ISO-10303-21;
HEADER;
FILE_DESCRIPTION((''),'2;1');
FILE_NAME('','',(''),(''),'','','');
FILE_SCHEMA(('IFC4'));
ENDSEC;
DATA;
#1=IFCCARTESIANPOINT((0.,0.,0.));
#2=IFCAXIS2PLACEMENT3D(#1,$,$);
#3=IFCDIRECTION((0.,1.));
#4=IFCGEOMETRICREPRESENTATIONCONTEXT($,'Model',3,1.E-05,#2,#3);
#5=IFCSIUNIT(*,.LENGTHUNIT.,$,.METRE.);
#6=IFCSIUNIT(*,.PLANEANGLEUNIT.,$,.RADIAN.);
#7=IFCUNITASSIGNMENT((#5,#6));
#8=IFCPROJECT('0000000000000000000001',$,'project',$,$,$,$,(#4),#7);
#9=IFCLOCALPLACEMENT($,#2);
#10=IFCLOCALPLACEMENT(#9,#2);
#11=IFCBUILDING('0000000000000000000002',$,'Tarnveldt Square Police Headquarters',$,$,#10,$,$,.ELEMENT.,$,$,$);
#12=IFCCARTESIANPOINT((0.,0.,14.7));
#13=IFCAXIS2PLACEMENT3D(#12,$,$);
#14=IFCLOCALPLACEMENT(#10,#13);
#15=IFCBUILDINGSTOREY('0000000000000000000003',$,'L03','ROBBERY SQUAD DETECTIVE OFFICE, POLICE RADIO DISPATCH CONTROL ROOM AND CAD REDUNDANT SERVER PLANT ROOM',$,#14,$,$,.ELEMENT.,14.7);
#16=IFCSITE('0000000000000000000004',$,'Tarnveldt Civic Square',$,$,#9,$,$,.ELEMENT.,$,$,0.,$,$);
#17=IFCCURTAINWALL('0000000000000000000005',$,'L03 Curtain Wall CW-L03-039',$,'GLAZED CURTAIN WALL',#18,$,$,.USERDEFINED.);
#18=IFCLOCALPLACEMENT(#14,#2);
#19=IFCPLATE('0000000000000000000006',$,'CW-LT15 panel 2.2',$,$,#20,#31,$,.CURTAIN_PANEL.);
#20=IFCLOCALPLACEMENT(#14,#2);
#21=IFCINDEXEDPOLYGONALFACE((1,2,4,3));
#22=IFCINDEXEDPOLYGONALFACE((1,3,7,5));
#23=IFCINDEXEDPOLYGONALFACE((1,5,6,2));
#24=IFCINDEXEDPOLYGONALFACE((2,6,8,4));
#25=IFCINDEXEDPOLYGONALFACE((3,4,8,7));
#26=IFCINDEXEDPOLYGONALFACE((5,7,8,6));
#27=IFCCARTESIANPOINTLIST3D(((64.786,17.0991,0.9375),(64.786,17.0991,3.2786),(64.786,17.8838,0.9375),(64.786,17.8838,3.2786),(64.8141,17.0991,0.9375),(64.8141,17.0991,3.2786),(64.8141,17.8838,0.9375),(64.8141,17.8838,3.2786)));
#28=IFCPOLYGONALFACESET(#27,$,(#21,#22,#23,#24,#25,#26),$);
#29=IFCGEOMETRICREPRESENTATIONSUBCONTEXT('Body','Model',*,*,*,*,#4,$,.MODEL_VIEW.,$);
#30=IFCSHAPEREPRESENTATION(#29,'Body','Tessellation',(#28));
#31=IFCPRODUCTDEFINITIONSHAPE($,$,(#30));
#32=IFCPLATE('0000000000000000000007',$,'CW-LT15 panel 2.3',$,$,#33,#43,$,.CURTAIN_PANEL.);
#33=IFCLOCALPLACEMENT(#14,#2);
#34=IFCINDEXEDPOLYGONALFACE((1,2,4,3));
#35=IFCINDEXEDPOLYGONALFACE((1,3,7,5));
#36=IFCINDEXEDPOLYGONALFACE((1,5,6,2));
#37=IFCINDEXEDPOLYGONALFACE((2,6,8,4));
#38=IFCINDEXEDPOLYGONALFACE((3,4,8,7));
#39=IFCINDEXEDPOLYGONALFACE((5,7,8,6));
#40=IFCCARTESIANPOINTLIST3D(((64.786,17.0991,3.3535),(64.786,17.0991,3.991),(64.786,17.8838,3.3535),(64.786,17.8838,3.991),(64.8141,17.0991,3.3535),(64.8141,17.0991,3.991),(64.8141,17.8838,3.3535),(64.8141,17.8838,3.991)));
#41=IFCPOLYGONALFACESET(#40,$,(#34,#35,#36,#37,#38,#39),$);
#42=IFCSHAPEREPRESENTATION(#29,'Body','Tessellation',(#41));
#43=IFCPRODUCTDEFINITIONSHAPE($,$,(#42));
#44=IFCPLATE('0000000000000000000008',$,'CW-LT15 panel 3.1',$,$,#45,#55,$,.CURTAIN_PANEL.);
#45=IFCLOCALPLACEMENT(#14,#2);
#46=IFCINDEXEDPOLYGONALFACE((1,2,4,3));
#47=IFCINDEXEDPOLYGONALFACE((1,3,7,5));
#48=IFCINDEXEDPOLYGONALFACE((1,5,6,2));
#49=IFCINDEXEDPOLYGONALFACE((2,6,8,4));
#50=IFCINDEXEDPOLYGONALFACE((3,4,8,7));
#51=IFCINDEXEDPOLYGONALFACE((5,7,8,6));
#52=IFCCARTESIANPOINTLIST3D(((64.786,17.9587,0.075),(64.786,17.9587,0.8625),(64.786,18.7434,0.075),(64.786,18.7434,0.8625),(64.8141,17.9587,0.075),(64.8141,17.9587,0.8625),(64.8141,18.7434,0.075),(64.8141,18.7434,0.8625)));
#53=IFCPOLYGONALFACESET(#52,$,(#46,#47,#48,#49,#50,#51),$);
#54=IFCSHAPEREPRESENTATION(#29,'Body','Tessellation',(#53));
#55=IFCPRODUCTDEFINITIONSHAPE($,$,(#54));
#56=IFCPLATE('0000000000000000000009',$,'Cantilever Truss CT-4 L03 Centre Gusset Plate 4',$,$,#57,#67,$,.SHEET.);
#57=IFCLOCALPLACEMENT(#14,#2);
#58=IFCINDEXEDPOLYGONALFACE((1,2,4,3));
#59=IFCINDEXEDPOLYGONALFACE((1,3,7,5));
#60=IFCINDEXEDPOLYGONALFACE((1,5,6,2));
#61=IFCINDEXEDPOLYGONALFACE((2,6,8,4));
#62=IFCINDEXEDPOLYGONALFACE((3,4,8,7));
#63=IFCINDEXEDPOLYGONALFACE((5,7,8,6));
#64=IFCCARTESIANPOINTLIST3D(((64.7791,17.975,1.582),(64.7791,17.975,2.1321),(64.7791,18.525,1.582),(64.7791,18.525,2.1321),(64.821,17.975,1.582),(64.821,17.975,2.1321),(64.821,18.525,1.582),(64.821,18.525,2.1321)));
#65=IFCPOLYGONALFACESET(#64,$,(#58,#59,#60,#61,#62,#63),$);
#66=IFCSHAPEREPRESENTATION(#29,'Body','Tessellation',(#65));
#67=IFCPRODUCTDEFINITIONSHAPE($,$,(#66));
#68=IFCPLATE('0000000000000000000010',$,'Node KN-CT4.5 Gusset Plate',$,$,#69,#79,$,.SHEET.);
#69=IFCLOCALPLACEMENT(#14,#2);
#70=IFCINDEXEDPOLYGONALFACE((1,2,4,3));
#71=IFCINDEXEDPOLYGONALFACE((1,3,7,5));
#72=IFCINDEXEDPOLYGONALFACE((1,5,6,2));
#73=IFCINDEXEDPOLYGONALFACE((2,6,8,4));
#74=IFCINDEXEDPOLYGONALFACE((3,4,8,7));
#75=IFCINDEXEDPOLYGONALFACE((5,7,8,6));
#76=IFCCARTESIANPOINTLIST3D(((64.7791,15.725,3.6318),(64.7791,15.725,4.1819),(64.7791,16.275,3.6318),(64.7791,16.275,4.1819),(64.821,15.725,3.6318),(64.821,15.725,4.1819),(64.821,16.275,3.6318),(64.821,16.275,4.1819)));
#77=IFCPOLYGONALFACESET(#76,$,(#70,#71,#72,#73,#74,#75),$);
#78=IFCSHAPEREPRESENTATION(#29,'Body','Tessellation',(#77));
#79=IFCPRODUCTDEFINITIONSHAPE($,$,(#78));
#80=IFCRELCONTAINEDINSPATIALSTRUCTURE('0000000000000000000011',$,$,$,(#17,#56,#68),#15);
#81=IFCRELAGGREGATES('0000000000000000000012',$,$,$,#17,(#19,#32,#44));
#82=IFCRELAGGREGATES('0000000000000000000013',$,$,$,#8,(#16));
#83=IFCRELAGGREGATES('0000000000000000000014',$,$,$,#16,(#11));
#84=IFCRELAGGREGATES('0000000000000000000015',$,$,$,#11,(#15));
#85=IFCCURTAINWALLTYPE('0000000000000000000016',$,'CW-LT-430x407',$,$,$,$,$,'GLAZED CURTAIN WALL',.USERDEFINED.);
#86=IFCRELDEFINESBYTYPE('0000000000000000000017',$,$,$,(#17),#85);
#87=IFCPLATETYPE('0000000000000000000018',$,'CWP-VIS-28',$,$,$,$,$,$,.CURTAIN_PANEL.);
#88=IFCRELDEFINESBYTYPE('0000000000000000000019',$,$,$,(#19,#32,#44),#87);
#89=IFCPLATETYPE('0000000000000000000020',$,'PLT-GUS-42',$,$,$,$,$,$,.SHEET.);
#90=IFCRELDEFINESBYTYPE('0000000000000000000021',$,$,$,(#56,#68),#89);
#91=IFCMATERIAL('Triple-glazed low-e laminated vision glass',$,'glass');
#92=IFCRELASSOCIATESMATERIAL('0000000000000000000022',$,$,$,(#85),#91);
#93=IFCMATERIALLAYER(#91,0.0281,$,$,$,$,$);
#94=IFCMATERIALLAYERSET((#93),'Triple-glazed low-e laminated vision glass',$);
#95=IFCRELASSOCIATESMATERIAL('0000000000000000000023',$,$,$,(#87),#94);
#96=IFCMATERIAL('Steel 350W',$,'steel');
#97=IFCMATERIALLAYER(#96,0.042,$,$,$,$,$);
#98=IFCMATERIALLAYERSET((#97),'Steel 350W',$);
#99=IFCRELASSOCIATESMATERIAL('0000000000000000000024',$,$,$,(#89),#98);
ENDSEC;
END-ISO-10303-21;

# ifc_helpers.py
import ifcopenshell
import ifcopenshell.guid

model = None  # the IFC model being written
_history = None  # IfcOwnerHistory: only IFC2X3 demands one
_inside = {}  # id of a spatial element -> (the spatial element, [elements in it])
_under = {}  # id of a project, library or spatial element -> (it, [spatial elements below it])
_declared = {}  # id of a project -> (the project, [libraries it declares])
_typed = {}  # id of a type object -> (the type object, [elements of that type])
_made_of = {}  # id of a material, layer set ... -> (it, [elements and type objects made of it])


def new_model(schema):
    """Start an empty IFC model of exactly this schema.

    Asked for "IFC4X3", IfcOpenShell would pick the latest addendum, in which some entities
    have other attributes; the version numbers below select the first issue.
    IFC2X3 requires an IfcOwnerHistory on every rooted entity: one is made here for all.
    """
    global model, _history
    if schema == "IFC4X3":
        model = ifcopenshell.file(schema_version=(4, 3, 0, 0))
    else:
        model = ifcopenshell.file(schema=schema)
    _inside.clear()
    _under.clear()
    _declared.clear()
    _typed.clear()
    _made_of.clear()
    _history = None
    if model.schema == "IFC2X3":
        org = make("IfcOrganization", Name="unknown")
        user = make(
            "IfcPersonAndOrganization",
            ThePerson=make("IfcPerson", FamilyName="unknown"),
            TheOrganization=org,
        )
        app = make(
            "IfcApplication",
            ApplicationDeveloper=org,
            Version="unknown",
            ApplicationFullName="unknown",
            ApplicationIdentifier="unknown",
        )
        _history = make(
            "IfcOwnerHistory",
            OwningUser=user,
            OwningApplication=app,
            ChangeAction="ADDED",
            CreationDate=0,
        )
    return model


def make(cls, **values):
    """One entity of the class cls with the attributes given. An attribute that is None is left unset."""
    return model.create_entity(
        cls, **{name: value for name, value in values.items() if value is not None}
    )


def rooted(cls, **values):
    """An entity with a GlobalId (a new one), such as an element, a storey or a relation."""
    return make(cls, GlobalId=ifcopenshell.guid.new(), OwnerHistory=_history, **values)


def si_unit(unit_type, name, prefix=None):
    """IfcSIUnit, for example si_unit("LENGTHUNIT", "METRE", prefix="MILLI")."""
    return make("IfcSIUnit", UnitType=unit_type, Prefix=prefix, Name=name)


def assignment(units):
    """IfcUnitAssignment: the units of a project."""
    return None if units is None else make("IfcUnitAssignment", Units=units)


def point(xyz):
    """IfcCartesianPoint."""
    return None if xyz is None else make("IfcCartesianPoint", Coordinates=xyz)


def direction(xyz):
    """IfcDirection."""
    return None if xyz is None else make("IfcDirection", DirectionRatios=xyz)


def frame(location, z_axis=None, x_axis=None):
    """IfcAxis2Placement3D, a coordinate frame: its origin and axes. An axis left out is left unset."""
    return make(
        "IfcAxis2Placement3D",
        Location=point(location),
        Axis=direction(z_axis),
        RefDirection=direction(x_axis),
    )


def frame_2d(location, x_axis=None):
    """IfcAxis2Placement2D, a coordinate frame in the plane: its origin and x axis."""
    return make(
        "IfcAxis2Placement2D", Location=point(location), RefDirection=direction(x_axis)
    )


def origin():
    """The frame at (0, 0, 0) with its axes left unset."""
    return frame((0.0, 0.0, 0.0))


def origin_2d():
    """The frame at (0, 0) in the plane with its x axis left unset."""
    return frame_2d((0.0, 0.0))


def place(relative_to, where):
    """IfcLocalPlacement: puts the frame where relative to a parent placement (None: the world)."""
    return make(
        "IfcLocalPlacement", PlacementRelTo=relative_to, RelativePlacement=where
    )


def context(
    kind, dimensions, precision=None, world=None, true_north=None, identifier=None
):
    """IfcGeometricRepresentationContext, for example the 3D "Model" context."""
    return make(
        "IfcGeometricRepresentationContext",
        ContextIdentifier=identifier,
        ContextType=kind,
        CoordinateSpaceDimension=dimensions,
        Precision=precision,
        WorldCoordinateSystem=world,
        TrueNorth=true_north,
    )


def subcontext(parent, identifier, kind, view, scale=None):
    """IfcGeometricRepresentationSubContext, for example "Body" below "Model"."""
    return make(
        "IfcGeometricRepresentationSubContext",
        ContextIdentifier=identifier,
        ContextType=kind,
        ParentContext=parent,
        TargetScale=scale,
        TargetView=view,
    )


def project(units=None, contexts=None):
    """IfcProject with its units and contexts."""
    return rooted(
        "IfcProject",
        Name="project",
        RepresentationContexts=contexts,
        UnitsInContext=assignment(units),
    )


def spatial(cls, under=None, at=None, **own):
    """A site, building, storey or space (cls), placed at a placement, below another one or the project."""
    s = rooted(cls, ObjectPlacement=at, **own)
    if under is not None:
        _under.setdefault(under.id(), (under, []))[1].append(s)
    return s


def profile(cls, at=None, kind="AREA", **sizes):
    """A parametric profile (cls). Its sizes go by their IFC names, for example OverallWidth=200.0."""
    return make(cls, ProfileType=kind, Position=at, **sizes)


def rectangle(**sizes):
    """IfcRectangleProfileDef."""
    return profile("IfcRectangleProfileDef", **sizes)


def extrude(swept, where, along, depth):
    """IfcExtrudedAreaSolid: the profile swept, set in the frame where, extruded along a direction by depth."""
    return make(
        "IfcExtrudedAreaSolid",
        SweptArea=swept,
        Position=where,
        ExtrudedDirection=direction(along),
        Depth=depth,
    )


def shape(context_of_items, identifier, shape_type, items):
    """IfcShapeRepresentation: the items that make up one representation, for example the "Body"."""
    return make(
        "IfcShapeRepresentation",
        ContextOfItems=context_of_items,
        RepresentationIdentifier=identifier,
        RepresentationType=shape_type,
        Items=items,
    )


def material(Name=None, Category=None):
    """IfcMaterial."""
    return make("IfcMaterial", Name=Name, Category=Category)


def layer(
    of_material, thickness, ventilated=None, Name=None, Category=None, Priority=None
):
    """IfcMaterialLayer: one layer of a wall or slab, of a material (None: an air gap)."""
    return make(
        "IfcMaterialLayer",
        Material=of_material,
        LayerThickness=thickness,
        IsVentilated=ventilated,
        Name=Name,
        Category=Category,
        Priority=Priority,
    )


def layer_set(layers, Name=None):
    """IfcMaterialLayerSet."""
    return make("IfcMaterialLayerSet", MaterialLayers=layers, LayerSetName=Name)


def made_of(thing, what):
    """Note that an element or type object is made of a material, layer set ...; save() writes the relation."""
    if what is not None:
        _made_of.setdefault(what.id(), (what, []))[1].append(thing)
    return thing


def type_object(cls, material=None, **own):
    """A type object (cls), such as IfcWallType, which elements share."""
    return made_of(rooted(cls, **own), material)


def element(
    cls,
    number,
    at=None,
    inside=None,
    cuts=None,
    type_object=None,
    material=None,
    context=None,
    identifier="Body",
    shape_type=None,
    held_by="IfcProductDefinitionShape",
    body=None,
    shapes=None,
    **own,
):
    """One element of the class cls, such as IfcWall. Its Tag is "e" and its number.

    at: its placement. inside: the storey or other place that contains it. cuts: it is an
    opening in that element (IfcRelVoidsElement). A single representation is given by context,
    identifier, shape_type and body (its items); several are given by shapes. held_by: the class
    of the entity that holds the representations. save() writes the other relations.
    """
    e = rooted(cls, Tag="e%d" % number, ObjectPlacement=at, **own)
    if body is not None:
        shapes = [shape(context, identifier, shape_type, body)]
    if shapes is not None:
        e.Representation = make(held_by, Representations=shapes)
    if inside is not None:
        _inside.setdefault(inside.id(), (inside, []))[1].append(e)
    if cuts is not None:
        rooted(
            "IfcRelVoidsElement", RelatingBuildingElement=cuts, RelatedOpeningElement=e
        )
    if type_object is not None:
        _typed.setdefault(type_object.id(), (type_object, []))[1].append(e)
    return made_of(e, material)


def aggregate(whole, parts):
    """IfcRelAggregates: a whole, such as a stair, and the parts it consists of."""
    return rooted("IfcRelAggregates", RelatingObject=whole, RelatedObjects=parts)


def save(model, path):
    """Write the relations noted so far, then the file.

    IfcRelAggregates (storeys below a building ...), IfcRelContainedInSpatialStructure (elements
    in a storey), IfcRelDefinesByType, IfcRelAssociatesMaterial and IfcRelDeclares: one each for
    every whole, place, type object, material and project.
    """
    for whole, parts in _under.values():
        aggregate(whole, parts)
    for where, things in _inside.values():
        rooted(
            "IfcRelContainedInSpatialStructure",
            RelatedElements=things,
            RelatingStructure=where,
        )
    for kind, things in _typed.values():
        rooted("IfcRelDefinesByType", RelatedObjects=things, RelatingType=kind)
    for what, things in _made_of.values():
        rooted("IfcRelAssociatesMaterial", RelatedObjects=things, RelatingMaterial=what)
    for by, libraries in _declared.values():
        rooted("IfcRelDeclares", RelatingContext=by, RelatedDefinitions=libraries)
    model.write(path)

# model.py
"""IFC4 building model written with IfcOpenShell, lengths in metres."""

from ifc_helpers import new_model, si_unit, direction, frame, origin, origin_2d, place, context, subcontext, project, spatial, rectangle, extrude, material, layer, layer_set, type_object, element, aggregate, save


model = new_model("IFC4")

# Units and contexts
model_context = context("Model", 3, precision=1e-05, world=origin(), true_north=direction((0.0, 1.0)))
body_context = subcontext(model_context, "Body", "Model", "MODEL_VIEW")
ifc_project = project(units=[si_unit("LENGTHUNIT", "METRE"), si_unit("PLANEANGLEUNIT", "RADIAN")], contexts=[model_context])

# Site, building, storey
site_placement = place(None, origin())
site = spatial("IfcSite", under=ifc_project, at=site_placement, Name="Tarnveldt Civic Square", CompositionType="ELEMENT", RefElevation=0.0)
building_placement = place(site_placement, origin())
building = spatial("IfcBuilding", under=site, at=building_placement, Name="Tarnveldt Square Police Headquarters", CompositionType="ELEMENT")
storey_placement = place(building_placement, frame((0.0, 0.0, 14.7)))
storey = spatial("IfcBuildingStorey", under=building, at=storey_placement, Name="L03", Description="ROBBERY SQUAD DETECTIVE OFFICE, POLICE RADIO DISPATCH CONTROL ROOM AND CAD REDUNDANT SERVER PLANT ROOM", CompositionType="ELEMENT", Elevation=14.7)

# Shared definitions
ifc_material_1 = material(Name="Steel 350W", Category="steel")

# Shared definitions
ifc_material_2 = material(Name="Triple-glazed low-e laminated vision glass", Category="glass")
curtain_wall_type = type_object("IfcCurtainWallType", Name="CW-LT-430x407", ElementType="GLAZED CURTAIN WALL", PredefinedType="USERDEFINED", material=ifc_material_2)

# Curtain wall
curtain_wall_1_placement = place(storey_placement, origin())
curtain_wall_1 = element("IfcCurtainWall", 1, at=curtain_wall_1_placement, inside=storey, type_object=curtain_wall_type, Name="L03 Curtain Wall CW-L03-039", ObjectType="GLAZED CURTAIN WALL", PredefinedType="USERDEFINED")

# Plates
ifc_layer_1 = layer(ifc_material_2, 0.0281)
ifc_layer_set_1 = layer_set([ifc_layer_1], Name="Triple-glazed low-e laminated vision glass")
plate_type_1 = type_object("IfcPlateType", Name="CWP-VIS-28", PredefinedType="CURTAIN_PANEL", material=ifc_layer_set_1)
plate_1_placement = place(storey_placement, frame((64.8, 17.4915, 0.9375), z_axis=(0.0, 0.0, 1.0), x_axis=(0.0, 1.0, 0.0)))
plate_1 = element("IfcPlate", 2, at=plate_1_placement, type_object=plate_type_1, Name="CW-LT15 panel 2.2", PredefinedType="CURTAIN_PANEL", context=body_context, shape_type="SweptSolid", body=[
    extrude(rectangle(XDim=0.7847, YDim=0.0281, at=origin_2d()), origin(), (0.0, 0.0, 1.0), 2.3411),
])
plate_2_placement = place(storey_placement, frame((64.8, 17.4915, 3.3535), z_axis=(0.0, 0.0, 1.0), x_axis=(0.0, 1.0, 0.0)))
plate_2 = element("IfcPlate", 3, at=plate_2_placement, type_object=plate_type_1, Name="CW-LT15 panel 2.3", PredefinedType="CURTAIN_PANEL", context=body_context, shape_type="SweptSolid", body=[
    extrude(rectangle(XDim=0.7847, YDim=0.0281, at=origin_2d()), origin(), (0.0, 0.0, 1.0), 0.6375),
])
plate_3_placement = place(storey_placement, frame((64.8, 18.3511, 0.075), z_axis=(0.0, 0.0, 1.0), x_axis=(0.0, 1.0, 0.0)))
plate_3 = element("IfcPlate", 4, at=plate_3_placement, type_object=plate_type_1, Name="CW-LT15 panel 3.1", PredefinedType="CURTAIN_PANEL", context=body_context, shape_type="SweptSolid", body=[
    extrude(rectangle(XDim=0.7847, YDim=0.0281, at=origin_2d()), origin(), (0.0, 0.0, 1.0), 0.7876),
])
aggregate(curtain_wall_1, [plate_1, plate_2, plate_3])

# Plates
ifc_layer_2 = layer(ifc_material_1, 0.042)
ifc_layer_set_2 = layer_set([ifc_layer_2], Name="Steel 350W")
plate_type_2 = type_object("IfcPlateType", Name="PLT-GUS-42", PredefinedType="SHEET", material=ifc_layer_set_2)
for number, where, z_axis, x_axis, name in (
    (5, (64.8, 18.25, 1.582), (0.0, 0.0, 1.0), (1.0, 0.0, 0.0), "Cantilever Truss CT-4 L03 Centre Gusset Plate 4"),
    (6, (64.8, 16.0, 3.6318), (0.0, 0.0, 1.0), (1.0, 0.0, 0.0), "Node KN-CT4.5 Gusset Plate"),
):
    element("IfcPlate", number, at=place(storey_placement, frame(where, z_axis=z_axis, x_axis=x_axis)), inside=storey, type_object=plate_type_2, Name=name, PredefinedType="SHEET", context=body_context, shape_type="SweptSolid", body=[
        extrude(rectangle(XDim=0.042, YDim=0.55, at=origin_2d()), origin(), (0.0, 0.0, 1.0), 0.55),
    ])

save(model, "model.ifc")
